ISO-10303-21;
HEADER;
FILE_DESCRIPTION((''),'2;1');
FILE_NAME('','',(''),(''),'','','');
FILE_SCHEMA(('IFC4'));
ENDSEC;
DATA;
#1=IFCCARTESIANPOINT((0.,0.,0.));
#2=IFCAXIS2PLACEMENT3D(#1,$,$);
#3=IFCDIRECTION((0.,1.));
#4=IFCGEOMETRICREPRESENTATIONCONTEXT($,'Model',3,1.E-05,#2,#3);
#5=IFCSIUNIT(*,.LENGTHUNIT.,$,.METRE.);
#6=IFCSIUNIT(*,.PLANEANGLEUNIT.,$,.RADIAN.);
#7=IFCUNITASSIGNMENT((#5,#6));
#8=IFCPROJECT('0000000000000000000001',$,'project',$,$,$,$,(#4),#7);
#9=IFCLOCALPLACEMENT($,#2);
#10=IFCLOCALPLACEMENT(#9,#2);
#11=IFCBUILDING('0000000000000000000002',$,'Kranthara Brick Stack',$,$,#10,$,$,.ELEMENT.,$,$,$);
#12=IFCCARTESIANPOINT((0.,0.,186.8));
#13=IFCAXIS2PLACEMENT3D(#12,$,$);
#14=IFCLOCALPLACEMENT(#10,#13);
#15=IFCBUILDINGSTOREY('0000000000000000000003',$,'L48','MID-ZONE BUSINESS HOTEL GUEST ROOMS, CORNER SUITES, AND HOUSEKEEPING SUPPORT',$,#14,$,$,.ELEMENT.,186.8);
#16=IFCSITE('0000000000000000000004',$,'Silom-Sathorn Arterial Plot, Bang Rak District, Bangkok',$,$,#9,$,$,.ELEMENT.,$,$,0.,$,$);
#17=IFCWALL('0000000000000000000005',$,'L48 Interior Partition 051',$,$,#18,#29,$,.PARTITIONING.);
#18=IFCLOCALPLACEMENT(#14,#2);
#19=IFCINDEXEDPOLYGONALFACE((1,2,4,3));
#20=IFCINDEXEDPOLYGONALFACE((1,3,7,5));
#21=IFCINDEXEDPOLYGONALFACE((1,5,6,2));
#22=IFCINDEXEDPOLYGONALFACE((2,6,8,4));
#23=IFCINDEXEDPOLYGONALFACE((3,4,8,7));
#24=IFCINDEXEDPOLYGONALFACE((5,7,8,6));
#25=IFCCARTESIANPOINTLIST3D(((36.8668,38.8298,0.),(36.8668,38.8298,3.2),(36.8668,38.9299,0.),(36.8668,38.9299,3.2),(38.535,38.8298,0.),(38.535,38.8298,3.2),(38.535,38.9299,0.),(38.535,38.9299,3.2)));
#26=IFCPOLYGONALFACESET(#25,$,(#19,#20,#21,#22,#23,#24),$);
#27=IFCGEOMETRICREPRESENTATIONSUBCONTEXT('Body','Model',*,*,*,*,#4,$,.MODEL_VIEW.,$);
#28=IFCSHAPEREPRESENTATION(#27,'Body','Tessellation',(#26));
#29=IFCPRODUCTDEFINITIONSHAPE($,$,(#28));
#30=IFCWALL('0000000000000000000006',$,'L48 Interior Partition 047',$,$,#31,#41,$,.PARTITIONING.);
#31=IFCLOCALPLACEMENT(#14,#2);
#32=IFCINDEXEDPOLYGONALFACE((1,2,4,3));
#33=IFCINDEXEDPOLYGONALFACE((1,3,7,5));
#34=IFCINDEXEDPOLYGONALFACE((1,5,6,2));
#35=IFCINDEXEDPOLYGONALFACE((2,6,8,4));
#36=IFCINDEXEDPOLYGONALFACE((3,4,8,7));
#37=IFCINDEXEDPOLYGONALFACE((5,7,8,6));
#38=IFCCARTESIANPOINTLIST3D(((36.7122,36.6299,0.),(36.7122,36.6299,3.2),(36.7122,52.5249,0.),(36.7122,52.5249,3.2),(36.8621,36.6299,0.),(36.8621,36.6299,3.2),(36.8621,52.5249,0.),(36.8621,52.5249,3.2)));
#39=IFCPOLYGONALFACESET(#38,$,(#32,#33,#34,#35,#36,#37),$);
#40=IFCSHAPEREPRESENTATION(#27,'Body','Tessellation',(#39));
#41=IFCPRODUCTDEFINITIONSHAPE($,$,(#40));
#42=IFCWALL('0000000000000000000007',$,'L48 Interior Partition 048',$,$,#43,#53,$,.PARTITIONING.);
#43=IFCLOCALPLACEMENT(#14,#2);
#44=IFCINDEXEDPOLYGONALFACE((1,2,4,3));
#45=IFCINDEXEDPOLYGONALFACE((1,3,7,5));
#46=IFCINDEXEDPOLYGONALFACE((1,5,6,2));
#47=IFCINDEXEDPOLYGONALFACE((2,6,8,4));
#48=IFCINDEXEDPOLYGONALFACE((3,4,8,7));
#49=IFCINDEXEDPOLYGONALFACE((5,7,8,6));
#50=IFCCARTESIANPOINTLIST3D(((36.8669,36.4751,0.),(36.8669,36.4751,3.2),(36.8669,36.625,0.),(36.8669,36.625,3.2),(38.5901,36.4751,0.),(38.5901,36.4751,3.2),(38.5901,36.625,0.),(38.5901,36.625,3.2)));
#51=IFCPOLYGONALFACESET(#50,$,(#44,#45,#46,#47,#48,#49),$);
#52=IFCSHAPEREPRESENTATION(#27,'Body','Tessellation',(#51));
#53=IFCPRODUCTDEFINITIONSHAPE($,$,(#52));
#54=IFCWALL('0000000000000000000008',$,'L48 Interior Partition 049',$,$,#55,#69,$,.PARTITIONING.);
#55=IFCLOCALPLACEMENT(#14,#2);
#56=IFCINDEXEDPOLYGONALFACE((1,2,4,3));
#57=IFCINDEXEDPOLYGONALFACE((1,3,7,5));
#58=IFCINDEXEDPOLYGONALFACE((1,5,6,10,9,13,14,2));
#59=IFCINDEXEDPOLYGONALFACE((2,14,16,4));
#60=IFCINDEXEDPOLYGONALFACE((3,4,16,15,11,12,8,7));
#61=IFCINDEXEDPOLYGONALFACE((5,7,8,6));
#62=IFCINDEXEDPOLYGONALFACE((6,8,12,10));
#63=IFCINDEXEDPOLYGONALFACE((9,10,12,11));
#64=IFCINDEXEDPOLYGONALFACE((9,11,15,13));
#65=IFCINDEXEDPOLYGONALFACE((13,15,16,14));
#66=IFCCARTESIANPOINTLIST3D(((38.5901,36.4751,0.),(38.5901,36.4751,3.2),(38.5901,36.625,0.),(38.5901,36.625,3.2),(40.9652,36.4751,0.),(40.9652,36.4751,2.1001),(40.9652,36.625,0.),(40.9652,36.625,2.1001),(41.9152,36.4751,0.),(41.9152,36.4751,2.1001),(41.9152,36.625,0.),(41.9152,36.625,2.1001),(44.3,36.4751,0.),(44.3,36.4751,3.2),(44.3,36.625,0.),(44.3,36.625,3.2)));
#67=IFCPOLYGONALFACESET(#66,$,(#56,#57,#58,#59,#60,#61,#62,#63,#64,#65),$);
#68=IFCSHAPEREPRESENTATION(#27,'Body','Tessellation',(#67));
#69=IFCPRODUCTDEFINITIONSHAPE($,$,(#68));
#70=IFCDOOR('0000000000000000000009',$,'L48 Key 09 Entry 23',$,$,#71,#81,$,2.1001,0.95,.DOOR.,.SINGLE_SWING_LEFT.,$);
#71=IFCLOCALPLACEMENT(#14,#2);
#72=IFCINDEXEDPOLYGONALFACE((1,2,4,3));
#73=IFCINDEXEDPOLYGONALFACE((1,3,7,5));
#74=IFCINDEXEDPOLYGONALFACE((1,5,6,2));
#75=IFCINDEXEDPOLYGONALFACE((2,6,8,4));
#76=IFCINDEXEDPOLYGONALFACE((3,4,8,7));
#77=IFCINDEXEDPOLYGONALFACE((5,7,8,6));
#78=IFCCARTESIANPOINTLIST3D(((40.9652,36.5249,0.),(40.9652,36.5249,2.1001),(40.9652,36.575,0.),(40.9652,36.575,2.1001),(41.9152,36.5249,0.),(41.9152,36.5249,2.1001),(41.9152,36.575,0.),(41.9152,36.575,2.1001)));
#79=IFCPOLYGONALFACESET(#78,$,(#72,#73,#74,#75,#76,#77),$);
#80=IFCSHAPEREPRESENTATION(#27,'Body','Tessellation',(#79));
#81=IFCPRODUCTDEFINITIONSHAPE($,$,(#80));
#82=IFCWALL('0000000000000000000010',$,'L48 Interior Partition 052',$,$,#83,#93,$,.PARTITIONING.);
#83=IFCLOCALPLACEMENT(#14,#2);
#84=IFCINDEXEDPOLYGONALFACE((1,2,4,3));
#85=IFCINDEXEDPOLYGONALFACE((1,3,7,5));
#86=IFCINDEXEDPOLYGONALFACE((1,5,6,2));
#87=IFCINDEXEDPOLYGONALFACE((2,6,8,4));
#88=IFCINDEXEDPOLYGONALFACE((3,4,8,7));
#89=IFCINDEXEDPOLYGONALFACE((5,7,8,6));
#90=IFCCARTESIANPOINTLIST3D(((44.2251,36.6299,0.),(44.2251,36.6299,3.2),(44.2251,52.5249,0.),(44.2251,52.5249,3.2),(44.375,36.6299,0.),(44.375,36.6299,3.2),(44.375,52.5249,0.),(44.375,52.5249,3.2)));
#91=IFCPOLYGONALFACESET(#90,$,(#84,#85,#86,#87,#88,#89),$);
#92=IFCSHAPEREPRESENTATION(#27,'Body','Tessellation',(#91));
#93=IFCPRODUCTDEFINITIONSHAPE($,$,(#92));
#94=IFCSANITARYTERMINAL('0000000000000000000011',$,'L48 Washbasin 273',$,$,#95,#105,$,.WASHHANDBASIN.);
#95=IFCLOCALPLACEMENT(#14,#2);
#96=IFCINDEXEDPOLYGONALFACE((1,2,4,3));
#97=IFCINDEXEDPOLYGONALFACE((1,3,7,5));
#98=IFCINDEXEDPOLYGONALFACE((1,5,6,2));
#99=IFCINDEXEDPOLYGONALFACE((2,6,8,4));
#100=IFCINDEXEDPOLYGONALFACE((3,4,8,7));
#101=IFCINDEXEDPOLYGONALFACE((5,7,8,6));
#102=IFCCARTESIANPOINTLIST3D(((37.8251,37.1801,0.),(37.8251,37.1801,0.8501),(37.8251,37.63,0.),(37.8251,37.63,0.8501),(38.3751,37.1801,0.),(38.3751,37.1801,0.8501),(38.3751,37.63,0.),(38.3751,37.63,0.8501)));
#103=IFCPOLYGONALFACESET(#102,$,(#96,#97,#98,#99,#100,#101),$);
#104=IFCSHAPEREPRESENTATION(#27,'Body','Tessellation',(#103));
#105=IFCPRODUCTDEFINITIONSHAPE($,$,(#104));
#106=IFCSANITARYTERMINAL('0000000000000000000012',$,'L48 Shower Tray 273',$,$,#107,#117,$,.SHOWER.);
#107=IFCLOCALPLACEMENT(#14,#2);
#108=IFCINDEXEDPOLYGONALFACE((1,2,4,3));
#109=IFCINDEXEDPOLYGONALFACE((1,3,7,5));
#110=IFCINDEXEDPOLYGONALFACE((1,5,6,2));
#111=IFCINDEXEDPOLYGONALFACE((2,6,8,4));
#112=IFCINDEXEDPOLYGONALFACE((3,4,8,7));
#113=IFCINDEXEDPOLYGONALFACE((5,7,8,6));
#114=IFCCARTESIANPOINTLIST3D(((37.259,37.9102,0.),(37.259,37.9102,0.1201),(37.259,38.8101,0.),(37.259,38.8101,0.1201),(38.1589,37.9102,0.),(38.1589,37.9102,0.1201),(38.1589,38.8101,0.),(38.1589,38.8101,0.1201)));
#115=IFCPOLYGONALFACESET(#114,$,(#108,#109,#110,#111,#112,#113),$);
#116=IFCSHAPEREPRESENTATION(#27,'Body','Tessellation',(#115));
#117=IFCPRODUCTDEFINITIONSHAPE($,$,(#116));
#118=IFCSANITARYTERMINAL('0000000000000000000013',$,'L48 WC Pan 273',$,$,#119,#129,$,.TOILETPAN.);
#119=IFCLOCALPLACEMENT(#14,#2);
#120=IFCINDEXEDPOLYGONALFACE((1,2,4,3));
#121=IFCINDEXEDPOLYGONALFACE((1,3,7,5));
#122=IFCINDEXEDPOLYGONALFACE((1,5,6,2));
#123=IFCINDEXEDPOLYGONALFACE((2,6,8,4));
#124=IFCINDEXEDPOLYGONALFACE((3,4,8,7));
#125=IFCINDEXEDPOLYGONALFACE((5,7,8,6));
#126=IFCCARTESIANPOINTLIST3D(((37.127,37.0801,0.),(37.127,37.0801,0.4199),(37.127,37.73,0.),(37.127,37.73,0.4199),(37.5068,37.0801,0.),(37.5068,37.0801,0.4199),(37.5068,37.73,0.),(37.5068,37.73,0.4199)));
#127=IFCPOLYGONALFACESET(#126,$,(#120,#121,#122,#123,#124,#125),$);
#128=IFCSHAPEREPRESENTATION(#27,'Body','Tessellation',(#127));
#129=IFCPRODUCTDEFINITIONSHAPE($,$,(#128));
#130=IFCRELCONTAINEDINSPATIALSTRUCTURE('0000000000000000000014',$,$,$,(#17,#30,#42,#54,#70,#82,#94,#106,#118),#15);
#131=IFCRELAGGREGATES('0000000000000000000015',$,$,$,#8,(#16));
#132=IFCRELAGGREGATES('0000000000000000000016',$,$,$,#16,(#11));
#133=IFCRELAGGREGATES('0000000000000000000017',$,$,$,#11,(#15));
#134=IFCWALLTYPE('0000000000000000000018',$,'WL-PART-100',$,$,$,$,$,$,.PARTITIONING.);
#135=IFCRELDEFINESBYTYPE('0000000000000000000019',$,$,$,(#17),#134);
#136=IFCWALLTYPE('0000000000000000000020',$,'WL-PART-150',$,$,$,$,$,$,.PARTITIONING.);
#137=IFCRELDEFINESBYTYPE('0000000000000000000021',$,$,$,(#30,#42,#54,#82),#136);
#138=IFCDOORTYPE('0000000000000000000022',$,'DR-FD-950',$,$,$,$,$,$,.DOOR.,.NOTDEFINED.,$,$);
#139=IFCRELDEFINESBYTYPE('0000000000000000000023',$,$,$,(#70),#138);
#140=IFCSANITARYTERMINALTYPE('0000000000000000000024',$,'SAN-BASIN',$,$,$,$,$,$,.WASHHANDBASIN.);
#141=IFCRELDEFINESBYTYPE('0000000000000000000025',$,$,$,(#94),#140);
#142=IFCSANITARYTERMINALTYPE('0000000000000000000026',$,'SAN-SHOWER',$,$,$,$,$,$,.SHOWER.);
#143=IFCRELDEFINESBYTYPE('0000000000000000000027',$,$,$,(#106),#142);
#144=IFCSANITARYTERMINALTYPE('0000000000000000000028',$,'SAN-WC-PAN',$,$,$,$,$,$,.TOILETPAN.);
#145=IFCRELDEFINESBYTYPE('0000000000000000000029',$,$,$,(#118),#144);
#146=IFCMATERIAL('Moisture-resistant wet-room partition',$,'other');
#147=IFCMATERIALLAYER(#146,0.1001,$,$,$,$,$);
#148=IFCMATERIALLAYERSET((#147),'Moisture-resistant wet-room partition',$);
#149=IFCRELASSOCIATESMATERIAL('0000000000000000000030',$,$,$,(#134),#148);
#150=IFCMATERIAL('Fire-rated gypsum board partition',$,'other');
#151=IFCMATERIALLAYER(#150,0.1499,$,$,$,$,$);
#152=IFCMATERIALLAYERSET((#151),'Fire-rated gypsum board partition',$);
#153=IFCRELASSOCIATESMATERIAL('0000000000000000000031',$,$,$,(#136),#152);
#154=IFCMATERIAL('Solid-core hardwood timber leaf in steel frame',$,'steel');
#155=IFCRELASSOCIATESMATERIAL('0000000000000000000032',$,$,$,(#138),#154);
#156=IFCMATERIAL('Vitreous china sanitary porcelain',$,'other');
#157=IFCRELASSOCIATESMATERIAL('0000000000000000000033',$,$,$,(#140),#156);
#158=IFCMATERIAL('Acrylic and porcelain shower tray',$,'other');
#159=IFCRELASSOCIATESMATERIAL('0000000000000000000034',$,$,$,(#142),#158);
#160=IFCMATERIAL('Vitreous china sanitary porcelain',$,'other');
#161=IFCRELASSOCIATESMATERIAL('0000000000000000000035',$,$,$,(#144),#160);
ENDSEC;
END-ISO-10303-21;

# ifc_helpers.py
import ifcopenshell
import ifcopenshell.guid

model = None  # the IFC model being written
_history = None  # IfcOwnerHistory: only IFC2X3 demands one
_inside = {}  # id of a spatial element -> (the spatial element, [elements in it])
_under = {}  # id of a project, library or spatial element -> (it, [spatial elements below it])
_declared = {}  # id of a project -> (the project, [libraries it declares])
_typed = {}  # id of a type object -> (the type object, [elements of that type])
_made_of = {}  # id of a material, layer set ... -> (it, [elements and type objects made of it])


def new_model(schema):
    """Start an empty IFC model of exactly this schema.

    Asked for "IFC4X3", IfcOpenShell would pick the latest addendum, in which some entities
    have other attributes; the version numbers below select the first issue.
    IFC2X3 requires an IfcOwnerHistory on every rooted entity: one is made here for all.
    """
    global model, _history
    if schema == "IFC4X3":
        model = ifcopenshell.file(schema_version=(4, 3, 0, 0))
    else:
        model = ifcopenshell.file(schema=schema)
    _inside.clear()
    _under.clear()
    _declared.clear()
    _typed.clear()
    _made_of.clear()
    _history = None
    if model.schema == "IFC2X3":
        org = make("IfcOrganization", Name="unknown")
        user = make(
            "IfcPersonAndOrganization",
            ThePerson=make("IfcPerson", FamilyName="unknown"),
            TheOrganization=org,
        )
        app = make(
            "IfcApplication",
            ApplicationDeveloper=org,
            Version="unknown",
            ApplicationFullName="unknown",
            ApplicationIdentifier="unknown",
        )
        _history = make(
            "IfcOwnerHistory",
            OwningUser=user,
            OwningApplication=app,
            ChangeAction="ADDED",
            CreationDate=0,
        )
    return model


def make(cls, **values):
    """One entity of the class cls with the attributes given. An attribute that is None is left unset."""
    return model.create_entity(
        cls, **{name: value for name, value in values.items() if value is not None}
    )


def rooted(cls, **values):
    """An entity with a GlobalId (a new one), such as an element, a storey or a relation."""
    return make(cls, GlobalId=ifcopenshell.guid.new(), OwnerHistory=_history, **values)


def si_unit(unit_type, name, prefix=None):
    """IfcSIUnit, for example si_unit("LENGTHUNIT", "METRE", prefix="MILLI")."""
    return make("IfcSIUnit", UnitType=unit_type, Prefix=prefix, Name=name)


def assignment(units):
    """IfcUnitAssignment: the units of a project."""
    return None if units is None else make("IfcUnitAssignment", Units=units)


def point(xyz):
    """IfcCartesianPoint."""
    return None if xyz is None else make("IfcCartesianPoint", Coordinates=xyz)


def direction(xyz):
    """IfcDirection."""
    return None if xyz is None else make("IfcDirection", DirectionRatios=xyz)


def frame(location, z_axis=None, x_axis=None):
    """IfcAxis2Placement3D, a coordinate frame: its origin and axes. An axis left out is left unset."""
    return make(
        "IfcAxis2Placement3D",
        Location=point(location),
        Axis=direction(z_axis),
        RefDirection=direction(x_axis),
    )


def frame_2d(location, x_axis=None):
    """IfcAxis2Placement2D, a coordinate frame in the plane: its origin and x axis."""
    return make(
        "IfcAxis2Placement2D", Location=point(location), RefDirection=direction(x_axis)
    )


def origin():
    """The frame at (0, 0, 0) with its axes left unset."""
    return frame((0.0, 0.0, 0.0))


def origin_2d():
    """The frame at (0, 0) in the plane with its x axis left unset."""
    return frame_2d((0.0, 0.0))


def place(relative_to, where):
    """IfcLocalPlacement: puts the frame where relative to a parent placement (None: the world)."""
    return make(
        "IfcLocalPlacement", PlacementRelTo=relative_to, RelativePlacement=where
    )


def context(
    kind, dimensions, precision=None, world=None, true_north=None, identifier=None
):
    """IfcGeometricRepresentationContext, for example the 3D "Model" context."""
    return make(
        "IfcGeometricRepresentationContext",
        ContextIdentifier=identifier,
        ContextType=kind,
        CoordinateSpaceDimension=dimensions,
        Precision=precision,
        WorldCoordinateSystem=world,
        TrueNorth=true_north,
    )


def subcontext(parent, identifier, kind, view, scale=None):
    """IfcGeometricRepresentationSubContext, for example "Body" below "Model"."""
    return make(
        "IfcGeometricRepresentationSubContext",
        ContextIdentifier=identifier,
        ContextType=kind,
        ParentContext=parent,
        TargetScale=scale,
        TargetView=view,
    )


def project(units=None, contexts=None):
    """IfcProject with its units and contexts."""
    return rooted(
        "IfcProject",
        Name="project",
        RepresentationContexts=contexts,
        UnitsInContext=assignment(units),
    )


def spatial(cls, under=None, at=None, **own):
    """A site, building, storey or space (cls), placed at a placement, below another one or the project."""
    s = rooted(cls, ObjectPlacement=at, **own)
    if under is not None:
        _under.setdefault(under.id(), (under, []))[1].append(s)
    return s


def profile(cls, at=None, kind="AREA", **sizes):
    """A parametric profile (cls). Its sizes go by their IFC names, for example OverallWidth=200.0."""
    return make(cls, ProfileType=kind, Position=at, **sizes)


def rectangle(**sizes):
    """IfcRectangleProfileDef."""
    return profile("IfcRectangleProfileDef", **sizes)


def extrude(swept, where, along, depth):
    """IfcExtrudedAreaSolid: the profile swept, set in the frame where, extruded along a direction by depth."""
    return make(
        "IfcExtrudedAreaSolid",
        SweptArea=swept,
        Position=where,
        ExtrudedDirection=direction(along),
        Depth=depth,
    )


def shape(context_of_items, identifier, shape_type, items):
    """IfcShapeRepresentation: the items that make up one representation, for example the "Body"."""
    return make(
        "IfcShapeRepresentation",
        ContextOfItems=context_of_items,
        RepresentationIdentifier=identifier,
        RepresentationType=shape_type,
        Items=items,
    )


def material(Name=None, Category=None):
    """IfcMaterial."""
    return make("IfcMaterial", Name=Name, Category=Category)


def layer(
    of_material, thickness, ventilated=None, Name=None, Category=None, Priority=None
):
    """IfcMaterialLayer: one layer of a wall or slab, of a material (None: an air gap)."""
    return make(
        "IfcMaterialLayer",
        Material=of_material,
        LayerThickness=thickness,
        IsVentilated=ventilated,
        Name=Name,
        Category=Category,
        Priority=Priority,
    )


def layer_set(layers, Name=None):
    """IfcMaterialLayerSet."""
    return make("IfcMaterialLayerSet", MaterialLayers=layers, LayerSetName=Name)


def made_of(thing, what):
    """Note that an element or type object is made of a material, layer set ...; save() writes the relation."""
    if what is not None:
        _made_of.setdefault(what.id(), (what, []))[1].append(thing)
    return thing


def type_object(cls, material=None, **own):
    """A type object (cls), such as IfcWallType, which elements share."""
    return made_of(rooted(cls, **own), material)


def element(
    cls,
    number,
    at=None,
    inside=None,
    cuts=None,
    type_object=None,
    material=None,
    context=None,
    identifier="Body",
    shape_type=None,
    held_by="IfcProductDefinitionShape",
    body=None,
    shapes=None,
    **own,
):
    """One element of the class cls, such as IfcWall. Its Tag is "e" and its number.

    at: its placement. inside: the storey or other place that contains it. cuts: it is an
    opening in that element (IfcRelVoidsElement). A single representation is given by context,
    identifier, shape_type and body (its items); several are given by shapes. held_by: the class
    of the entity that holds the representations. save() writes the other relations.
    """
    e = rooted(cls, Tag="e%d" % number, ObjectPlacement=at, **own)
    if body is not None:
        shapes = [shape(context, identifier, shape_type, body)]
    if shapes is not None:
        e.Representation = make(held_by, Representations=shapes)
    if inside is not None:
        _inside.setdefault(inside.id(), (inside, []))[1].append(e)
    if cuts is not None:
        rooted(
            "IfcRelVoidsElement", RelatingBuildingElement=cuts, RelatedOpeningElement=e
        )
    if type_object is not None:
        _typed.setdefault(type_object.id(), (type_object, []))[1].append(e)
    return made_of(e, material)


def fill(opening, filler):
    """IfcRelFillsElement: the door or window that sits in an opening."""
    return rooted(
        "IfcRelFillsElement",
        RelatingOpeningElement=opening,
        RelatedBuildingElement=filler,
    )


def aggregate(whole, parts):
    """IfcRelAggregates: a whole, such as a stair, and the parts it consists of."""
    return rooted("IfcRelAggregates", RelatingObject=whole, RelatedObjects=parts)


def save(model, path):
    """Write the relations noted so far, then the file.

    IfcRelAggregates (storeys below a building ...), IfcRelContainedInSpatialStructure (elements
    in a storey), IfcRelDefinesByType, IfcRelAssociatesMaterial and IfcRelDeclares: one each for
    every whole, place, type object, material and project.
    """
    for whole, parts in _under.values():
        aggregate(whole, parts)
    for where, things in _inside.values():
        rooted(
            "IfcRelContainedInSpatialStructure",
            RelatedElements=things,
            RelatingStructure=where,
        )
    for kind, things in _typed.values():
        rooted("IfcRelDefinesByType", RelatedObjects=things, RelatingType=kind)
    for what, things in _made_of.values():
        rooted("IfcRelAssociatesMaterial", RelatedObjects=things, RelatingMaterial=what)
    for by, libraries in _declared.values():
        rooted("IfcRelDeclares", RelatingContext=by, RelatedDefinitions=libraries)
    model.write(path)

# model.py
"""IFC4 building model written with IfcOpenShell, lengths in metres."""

from ifc_helpers import new_model, si_unit, direction, frame, frame_2d, origin, origin_2d, place, context, subcontext, project, spatial, rectangle, extrude, material, layer, layer_set, type_object, element, fill, save


model = new_model("IFC4")

# Units and contexts
model_context = context("Model", 3, precision=1e-05, world=origin(), true_north=direction((0.0, 1.0)))
body_context = subcontext(model_context, "Body", "Model", "MODEL_VIEW")
ifc_project = project(units=[si_unit("LENGTHUNIT", "METRE"), si_unit("PLANEANGLEUNIT", "RADIAN")], contexts=[model_context])

# Site, building, storey
site_placement = place(None, origin())
site = spatial("IfcSite", under=ifc_project, at=site_placement, Name="Silom-Sathorn Arterial Plot, Bang Rak District, Bangkok", CompositionType="ELEMENT", RefElevation=0.0)
building_placement = place(site_placement, origin())
building = spatial("IfcBuilding", under=site, at=building_placement, Name="Kranthara Brick Stack", CompositionType="ELEMENT")
storey_placement = place(building_placement, frame((0.0, 0.0, 186.8)))
storey = spatial("IfcBuildingStorey", under=building, at=storey_placement, Name="L48", Description="MID-ZONE BUSINESS HOTEL GUEST ROOMS, CORNER SUITES, AND HOUSEKEEPING SUPPORT", CompositionType="ELEMENT", Elevation=186.8)

# Shared definitions
ifc_material_1 = material(Name="Moisture-resistant wet-room partition", Category="other")
ifc_layer_1 = layer(ifc_material_1, 0.1001)
ifc_layer_set_1 = layer_set([ifc_layer_1], Name="Moisture-resistant wet-room partition")
wall_type_1 = type_object("IfcWallType", Name="WL-PART-100", PredefinedType="PARTITIONING", material=ifc_layer_set_1)

# Walls
wall_1_placement = place(storey_placement, frame((36.8669, 38.8799, 0.0), z_axis=(0.0, 0.0, 1.0), x_axis=(1.0, 0.0, 0.0)))
element("IfcWall", 1, at=wall_1_placement, inside=storey, type_object=wall_type_1, Name="L48 Interior Partition 051", PredefinedType="PARTITIONING", context=body_context, shape_type="SweptSolid", body=[
    extrude(rectangle(XDim=1.6682, YDim=0.1001, at=frame_2d((0.834, 0.0))), origin(), (0.0, 0.0, 1.0), 3.2),
])
ifc_material_2 = material(Name="Fire-rated gypsum board partition", Category="other")
ifc_layer_2 = layer(ifc_material_2, 0.1499)
ifc_layer_set_2 = layer_set([ifc_layer_2], Name="Fire-rated gypsum board partition")
wall_type_2 = type_object("IfcWallType", Name="WL-PART-150", PredefinedType="PARTITIONING", material=ifc_layer_set_2)
wall_2_placement = place(storey_placement, frame((36.7871, 36.6299, 0.0), z_axis=(0.0, 0.0, 1.0), x_axis=(0.0, 1.0, 0.0)))
element("IfcWall", 2, at=wall_2_placement, inside=storey, type_object=wall_type_2, Name="L48 Interior Partition 047", PredefinedType="PARTITIONING", context=body_context, shape_type="SweptSolid", body=[
    extrude(rectangle(XDim=15.895, YDim=0.1499, at=frame_2d((7.9475, 0.0))), origin(), (0.0, 0.0, 1.0), 3.2),
])
wall_3_placement = place(storey_placement, frame((36.8669, 36.55, 0.0), z_axis=(0.0, 0.0, 1.0), x_axis=(1.0, 0.0, 0.0)))
element("IfcWall", 3, at=wall_3_placement, inside=storey, type_object=wall_type_2, Name="L48 Interior Partition 048", PredefinedType="PARTITIONING", context=body_context, shape_type="SweptSolid", body=[
    extrude(rectangle(XDim=1.7231, YDim=0.1499, at=frame_2d((0.8616, 0.0))), origin(), (0.0, 0.0, 1.0), 3.2),
])

# Wall, opening, door
wall_4_placement = place(storey_placement, frame((38.5901, 36.55, 0.0), z_axis=(0.0, 0.0, 1.0), x_axis=(1.0, 0.0, 0.0)))
wall_4 = element("IfcWall", 4, at=wall_4_placement, inside=storey, type_object=wall_type_2, Name="L48 Interior Partition 049", PredefinedType="PARTITIONING", context=body_context, shape_type="SweptSolid", body=[
    extrude(rectangle(XDim=5.71, YDim=0.1499, at=frame_2d((2.855, 0.0))), origin(), (0.0, 0.0, 1.0), 3.2),
])
opening_1_placement = place(wall_4_placement, frame((2.375, 0.0, 0.0)))
opening_1 = element("IfcOpeningElement", 5, at=opening_1_placement, cuts=wall_4, PredefinedType="OPENING", context=body_context, shape_type="SweptSolid", body=[
    extrude(rectangle(XDim=0.95, YDim=2.1001, at=frame_2d((0.4751, 1.05))), frame((0.0, 0.085, 0.0), z_axis=(0.0, -1.0, 0.0), x_axis=(1.0, 0.0, 0.0)), (0.0, 0.0, 1.0), 0.1699),
])
ifc_material_3 = material(Name="Solid-core hardwood timber leaf in steel frame", Category="steel")
door_type_1 = type_object("IfcDoorType", Name="DR-FD-950", OperationType="NOTDEFINED", PredefinedType="DOOR", material=ifc_material_3)
door_1_placement = place(opening_1_placement, origin())
door_1 = element("IfcDoor", 6, at=door_1_placement, inside=storey, type_object=door_type_1, Name="L48 Key 09 Entry 23", OperationType="SINGLE_SWING_LEFT", OverallHeight=2.1001, OverallWidth=0.95, PredefinedType="DOOR", context=body_context, shape_type="SweptSolid", body=[
    extrude(rectangle(XDim=0.95, YDim=2.1001, at=frame_2d((0.4751, 1.05))), frame((0.0, 0.0249, 0.0), z_axis=(0.0, -1.0, 0.0), x_axis=(1.0, 0.0, 0.0)), (0.0, 0.0, 1.0), 0.05),
])
fill(opening_1, door_1)

# Wall
wall_5_placement = place(storey_placement, frame((44.3, 36.6299, 0.0), z_axis=(0.0, 0.0, 1.0), x_axis=(0.0, 1.0, 0.0)))
element("IfcWall", 7, at=wall_5_placement, inside=storey, type_object=wall_type_2, Name="L48 Interior Partition 052", PredefinedType="PARTITIONING", context=body_context, shape_type="SweptSolid", body=[
    extrude(rectangle(XDim=15.895, YDim=0.1499, at=frame_2d((7.9475, 0.0))), origin(), (0.0, 0.0, 1.0), 3.2),
])

# Sanitary terminals
ifc_material_4 = material(Name="Vitreous china sanitary porcelain", Category="other")
sanitary_terminal_type_1 = type_object("IfcSanitaryTerminalType", Name="SAN-BASIN", PredefinedType="WASHHANDBASIN", material=ifc_material_4)
sanitary_terminal_1_placement = place(storey_placement, frame((38.1001, 37.405, 0.0), z_axis=(0.0, 0.0, 1.0), x_axis=(1.0, 0.0, 0.0)))
element("IfcSanitaryTerminal", 8, at=sanitary_terminal_1_placement, inside=storey, type_object=sanitary_terminal_type_1, Name="L48 Washbasin 273", PredefinedType="WASHHANDBASIN", context=body_context, shape_type="SweptSolid", body=[
    extrude(rectangle(XDim=0.55, YDim=0.45, at=origin_2d()), origin(), (0.0, 0.0, 1.0), 0.8501),
])
ifc_material_5 = material(Name="Acrylic and porcelain shower tray", Category="other")
sanitary_terminal_type_2 = type_object("IfcSanitaryTerminalType", Name="SAN-SHOWER", PredefinedType="SHOWER", material=ifc_material_5)
sanitary_terminal_2_placement = place(storey_placement, frame((37.709, 38.3601, 0.0), z_axis=(0.0, 0.0, 1.0), x_axis=(1.0, 0.0, 0.0)))
element("IfcSanitaryTerminal", 9, at=sanitary_terminal_2_placement, inside=storey, type_object=sanitary_terminal_type_2, Name="L48 Shower Tray 273", PredefinedType="SHOWER", context=body_context, shape_type="SweptSolid", body=[
    extrude(rectangle(XDim=0.8999, YDim=0.8999, at=origin_2d()), origin(), (0.0, 0.0, 1.0), 0.1201),
])
ifc_material_6 = material(Name="Vitreous china sanitary porcelain", Category="other")
sanitary_terminal_type_3 = type_object("IfcSanitaryTerminalType", Name="SAN-WC-PAN", PredefinedType="TOILETPAN", material=ifc_material_6)
sanitary_terminal_3_placement = place(storey_placement, frame((37.3169, 37.405, 0.0), z_axis=(0.0, 0.0, 1.0), x_axis=(1.0, 0.0, 0.0)))
element("IfcSanitaryTerminal", 10, at=sanitary_terminal_3_placement, inside=storey, type_object=sanitary_terminal_type_3, Name="L48 WC Pan 273", PredefinedType="TOILETPAN", context=body_context, shape_type="SweptSolid", body=[
    extrude(rectangle(XDim=0.3799, YDim=0.6499, at=origin_2d()), origin(), (0.0, 0.0, 1.0), 0.4199),
])

save(model, "model.ifc")
